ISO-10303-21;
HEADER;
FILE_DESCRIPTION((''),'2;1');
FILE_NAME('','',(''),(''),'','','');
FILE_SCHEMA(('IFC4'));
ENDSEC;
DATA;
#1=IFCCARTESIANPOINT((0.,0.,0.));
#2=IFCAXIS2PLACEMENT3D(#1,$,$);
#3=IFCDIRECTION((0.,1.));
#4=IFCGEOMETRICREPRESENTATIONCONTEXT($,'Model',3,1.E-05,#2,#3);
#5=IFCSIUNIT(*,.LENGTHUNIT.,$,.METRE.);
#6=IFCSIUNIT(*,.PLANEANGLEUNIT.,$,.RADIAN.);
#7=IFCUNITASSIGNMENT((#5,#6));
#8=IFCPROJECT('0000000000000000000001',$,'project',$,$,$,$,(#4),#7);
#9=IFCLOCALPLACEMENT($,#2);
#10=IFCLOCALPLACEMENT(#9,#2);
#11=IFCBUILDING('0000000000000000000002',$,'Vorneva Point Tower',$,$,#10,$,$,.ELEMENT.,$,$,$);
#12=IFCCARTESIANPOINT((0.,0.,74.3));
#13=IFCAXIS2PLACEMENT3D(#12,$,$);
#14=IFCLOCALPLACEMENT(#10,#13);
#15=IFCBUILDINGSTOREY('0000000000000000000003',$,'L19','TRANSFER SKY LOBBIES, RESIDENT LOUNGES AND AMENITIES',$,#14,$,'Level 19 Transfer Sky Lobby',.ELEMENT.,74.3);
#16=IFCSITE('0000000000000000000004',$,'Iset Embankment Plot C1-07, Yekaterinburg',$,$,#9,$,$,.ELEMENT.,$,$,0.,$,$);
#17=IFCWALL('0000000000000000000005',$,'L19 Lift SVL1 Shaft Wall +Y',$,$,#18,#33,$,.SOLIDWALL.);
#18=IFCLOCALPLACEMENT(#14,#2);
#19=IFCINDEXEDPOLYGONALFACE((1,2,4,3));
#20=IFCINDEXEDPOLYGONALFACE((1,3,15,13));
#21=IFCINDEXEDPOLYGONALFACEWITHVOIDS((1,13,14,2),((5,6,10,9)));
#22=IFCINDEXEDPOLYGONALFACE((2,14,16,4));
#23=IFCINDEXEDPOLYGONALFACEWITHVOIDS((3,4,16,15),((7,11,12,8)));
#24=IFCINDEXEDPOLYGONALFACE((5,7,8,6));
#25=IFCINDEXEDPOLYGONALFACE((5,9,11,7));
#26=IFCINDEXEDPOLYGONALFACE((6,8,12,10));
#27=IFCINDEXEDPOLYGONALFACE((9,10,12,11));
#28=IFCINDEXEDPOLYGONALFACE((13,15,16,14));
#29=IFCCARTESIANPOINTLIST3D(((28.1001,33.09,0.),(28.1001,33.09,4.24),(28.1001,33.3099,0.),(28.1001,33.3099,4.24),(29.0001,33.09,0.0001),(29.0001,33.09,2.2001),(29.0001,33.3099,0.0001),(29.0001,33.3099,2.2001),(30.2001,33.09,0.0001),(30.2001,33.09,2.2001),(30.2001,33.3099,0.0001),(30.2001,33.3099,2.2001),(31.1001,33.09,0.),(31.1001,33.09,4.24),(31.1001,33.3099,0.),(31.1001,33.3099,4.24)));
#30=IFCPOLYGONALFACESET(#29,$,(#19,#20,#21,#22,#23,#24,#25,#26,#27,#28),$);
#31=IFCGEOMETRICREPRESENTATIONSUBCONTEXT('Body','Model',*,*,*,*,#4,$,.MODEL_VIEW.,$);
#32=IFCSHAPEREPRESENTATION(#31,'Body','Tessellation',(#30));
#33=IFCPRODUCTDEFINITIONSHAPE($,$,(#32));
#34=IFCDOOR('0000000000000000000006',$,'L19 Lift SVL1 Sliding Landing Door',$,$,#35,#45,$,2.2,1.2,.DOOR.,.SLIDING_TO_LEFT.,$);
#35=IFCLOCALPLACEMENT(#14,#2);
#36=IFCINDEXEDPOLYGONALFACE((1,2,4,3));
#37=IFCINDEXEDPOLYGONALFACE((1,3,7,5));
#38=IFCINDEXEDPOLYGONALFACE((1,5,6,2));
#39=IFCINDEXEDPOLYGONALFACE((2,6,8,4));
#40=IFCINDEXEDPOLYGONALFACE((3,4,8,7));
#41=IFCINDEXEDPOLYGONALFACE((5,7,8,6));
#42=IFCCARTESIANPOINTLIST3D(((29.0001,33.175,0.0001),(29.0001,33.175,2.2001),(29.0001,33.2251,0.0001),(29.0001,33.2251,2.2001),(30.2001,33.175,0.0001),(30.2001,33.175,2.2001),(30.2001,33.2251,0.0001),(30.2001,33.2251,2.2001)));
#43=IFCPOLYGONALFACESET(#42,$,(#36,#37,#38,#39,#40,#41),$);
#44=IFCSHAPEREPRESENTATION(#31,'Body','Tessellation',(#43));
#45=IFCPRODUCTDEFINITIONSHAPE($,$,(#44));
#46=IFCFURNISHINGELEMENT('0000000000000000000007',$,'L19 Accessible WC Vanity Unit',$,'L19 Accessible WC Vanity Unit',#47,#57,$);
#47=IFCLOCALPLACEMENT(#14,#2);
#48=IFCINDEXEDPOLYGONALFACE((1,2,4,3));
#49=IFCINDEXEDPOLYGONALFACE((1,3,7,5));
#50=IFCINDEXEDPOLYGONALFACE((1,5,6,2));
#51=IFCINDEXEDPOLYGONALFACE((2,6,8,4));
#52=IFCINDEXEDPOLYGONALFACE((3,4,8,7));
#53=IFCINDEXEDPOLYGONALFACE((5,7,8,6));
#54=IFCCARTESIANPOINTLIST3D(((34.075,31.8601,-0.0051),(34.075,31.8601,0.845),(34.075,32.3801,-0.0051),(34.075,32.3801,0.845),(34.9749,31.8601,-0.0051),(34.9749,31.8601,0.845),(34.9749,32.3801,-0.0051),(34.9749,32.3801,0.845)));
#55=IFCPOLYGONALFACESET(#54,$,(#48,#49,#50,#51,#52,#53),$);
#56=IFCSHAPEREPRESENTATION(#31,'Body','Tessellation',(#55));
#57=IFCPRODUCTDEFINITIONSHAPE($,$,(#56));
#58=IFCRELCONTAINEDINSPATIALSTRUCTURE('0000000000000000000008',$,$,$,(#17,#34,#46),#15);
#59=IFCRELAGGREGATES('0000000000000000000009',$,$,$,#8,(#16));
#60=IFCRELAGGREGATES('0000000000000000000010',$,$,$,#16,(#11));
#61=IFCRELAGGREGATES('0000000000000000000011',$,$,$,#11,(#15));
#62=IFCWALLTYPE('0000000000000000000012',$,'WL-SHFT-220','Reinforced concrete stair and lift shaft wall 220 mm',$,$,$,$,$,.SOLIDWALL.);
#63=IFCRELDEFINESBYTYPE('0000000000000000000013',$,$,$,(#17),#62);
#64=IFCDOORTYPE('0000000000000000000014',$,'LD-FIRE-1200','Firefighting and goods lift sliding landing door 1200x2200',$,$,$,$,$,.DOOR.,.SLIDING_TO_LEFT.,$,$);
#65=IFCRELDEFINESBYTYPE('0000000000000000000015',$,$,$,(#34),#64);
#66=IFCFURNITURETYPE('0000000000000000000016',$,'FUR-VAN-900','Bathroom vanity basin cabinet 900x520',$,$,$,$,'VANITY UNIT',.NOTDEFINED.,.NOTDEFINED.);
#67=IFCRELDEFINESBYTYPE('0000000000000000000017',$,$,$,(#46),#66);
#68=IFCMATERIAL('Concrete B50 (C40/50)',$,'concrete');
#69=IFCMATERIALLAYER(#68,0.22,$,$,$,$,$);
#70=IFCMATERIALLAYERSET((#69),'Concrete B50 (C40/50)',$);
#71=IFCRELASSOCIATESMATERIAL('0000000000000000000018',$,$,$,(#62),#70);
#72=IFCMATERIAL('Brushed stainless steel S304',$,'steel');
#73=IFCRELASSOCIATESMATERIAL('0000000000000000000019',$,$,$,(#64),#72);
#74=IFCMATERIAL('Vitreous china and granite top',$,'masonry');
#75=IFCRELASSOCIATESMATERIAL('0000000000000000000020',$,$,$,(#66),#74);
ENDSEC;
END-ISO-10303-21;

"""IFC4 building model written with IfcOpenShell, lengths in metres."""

from ifc_helpers import new_model, si_unit, direction, frame, frame_2d, origin, origin_2d, place, context, subcontext, project, spatial, rectangle, extrude, material, layer, layer_set, type_object, element, fill, save


model = new_model("IFC4")

# Units and contexts
model_context = context("Model", 3, precision=1e-05, world=origin(), true_north=direction((0.0, 1.0)))
body_context = subcontext(model_context, "Body", "Model", "MODEL_VIEW")
ifc_project = project(units=[si_unit("LENGTHUNIT", "METRE"), si_unit("PLANEANGLEUNIT", "RADIAN")], contexts=[model_context])

# Site, building, storey
site_placement = place(None, origin())
site = spatial("IfcSite", under=ifc_project, at=site_placement, Name="Iset Embankment Plot C1-07, Yekaterinburg", CompositionType="ELEMENT", RefElevation=0.0)
building_placement = place(site_placement, origin())
building = spatial("IfcBuilding", under=site, at=building_placement, Name="Vorneva Point Tower", CompositionType="ELEMENT")
storey_placement = place(building_placement, frame((0.0, 0.0, 74.3)))
storey = spatial("IfcBuildingStorey", under=building, at=storey_placement, Name="L19", Description="TRANSFER SKY LOBBIES, RESIDENT LOUNGES AND AMENITIES", LongName="Level 19 Transfer Sky Lobby", CompositionType="ELEMENT", Elevation=74.3)

# Shared definitions
ifc_material_1 = material(Name="Concrete B50 (C40/50)", Category="concrete")
ifc_layer_1 = layer(ifc_material_1, 0.22)
ifc_layer_set_1 = layer_set([ifc_layer_1], Name="Concrete B50 (C40/50)")
wall_type_1 = type_object("IfcWallType", Name="WL-SHFT-220", Description="Reinforced concrete stair and lift shaft wall 220 mm", PredefinedType="SOLIDWALL", material=ifc_layer_set_1)

# Wall, opening, door
wall_1_placement = place(storey_placement, frame((31.1001, 33.2, 0.0), z_axis=(0.0, 0.0, 1.0), x_axis=(-1.0, 0.0, 0.0)))
wall_1 = element("IfcWall", 1, at=wall_1_placement, inside=storey, type_object=wall_type_1, Name="L19 Lift SVL1 Shaft Wall +Y", PredefinedType="SOLIDWALL", context=body_context, shape_type="SweptSolid", body=[
    extrude(rectangle(XDim=3.0, YDim=0.22, at=frame_2d((1.5, 0.0))), origin(), (0.0, 0.0, 1.0), 4.24),
])
opening_1_placement = place(wall_1_placement, frame((0.8999, 0.0, 0.0)))
opening_1 = element("IfcOpeningElement", 2, at=opening_1_placement, cuts=wall_1, PredefinedType="OPENING", context=body_context, shape_type="SweptSolid", body=[
    extrude(rectangle(XDim=1.2, YDim=2.2, at=frame_2d((0.6001, 1.1001))), frame((0.0, 0.125, 0.0), z_axis=(0.0, -1.0, 0.0), x_axis=(1.0, 0.0, 0.0)), (0.0, 0.0, 1.0), 0.2498),
])
ifc_material_2 = material(Name="Brushed stainless steel S304", Category="steel")
door_type_1 = type_object("IfcDoorType", Name="LD-FIRE-1200", Description="Firefighting and goods lift sliding landing door 1200x2200", OperationType="SLIDING_TO_LEFT", PredefinedType="DOOR", material=ifc_material_2)
door_1_placement = place(opening_1_placement, origin())
door_1 = element("IfcDoor", 3, at=door_1_placement, inside=storey, type_object=door_type_1, Name="L19 Lift SVL1 Sliding Landing Door", OperationType="SLIDING_TO_LEFT", OverallHeight=2.2, OverallWidth=1.2, PredefinedType="DOOR", context=body_context, shape_type="SweptSolid", body=[
    extrude(rectangle(XDim=1.2, YDim=2.2, at=frame_2d((0.6001, 1.1001))), frame((0.0, 0.0249, 0.0), z_axis=(0.0, -1.0, 0.0), x_axis=(1.0, 0.0, 0.0)), (0.0, 0.0, 1.0), 0.05),
])
fill(opening_1, door_1)

# Furnishing element
ifc_material_3 = material(Name="Vitreous china and granite top", Category="masonry")
furniture_type = type_object("IfcFurnitureType", Name="FUR-VAN-900", Description="Bathroom vanity basin cabinet 900x520", ElementType="VANITY UNIT", AssemblyPlace="NOTDEFINED", PredefinedType="NOTDEFINED", material=ifc_material_3)
furnishing_placement = place(storey_placement, frame((34.5249, 32.1201, -0.0051), z_axis=(0.0, 0.0, 1.0), x_axis=(1.0, 0.0, 0.0)))
element("IfcFurnishingElement", 4, at=furnishing_placement, inside=storey, type_object=furniture_type, Name="L19 Accessible WC Vanity Unit", ObjectType="L19 Accessible WC Vanity Unit", context=body_context, shape_type="SweptSolid", body=[
    extrude(rectangle(XDim=0.8999, YDim=0.52, at=origin_2d()), origin(), (0.0, 0.0, 1.0), 0.8501),
])

save(model, "model.ifc")
